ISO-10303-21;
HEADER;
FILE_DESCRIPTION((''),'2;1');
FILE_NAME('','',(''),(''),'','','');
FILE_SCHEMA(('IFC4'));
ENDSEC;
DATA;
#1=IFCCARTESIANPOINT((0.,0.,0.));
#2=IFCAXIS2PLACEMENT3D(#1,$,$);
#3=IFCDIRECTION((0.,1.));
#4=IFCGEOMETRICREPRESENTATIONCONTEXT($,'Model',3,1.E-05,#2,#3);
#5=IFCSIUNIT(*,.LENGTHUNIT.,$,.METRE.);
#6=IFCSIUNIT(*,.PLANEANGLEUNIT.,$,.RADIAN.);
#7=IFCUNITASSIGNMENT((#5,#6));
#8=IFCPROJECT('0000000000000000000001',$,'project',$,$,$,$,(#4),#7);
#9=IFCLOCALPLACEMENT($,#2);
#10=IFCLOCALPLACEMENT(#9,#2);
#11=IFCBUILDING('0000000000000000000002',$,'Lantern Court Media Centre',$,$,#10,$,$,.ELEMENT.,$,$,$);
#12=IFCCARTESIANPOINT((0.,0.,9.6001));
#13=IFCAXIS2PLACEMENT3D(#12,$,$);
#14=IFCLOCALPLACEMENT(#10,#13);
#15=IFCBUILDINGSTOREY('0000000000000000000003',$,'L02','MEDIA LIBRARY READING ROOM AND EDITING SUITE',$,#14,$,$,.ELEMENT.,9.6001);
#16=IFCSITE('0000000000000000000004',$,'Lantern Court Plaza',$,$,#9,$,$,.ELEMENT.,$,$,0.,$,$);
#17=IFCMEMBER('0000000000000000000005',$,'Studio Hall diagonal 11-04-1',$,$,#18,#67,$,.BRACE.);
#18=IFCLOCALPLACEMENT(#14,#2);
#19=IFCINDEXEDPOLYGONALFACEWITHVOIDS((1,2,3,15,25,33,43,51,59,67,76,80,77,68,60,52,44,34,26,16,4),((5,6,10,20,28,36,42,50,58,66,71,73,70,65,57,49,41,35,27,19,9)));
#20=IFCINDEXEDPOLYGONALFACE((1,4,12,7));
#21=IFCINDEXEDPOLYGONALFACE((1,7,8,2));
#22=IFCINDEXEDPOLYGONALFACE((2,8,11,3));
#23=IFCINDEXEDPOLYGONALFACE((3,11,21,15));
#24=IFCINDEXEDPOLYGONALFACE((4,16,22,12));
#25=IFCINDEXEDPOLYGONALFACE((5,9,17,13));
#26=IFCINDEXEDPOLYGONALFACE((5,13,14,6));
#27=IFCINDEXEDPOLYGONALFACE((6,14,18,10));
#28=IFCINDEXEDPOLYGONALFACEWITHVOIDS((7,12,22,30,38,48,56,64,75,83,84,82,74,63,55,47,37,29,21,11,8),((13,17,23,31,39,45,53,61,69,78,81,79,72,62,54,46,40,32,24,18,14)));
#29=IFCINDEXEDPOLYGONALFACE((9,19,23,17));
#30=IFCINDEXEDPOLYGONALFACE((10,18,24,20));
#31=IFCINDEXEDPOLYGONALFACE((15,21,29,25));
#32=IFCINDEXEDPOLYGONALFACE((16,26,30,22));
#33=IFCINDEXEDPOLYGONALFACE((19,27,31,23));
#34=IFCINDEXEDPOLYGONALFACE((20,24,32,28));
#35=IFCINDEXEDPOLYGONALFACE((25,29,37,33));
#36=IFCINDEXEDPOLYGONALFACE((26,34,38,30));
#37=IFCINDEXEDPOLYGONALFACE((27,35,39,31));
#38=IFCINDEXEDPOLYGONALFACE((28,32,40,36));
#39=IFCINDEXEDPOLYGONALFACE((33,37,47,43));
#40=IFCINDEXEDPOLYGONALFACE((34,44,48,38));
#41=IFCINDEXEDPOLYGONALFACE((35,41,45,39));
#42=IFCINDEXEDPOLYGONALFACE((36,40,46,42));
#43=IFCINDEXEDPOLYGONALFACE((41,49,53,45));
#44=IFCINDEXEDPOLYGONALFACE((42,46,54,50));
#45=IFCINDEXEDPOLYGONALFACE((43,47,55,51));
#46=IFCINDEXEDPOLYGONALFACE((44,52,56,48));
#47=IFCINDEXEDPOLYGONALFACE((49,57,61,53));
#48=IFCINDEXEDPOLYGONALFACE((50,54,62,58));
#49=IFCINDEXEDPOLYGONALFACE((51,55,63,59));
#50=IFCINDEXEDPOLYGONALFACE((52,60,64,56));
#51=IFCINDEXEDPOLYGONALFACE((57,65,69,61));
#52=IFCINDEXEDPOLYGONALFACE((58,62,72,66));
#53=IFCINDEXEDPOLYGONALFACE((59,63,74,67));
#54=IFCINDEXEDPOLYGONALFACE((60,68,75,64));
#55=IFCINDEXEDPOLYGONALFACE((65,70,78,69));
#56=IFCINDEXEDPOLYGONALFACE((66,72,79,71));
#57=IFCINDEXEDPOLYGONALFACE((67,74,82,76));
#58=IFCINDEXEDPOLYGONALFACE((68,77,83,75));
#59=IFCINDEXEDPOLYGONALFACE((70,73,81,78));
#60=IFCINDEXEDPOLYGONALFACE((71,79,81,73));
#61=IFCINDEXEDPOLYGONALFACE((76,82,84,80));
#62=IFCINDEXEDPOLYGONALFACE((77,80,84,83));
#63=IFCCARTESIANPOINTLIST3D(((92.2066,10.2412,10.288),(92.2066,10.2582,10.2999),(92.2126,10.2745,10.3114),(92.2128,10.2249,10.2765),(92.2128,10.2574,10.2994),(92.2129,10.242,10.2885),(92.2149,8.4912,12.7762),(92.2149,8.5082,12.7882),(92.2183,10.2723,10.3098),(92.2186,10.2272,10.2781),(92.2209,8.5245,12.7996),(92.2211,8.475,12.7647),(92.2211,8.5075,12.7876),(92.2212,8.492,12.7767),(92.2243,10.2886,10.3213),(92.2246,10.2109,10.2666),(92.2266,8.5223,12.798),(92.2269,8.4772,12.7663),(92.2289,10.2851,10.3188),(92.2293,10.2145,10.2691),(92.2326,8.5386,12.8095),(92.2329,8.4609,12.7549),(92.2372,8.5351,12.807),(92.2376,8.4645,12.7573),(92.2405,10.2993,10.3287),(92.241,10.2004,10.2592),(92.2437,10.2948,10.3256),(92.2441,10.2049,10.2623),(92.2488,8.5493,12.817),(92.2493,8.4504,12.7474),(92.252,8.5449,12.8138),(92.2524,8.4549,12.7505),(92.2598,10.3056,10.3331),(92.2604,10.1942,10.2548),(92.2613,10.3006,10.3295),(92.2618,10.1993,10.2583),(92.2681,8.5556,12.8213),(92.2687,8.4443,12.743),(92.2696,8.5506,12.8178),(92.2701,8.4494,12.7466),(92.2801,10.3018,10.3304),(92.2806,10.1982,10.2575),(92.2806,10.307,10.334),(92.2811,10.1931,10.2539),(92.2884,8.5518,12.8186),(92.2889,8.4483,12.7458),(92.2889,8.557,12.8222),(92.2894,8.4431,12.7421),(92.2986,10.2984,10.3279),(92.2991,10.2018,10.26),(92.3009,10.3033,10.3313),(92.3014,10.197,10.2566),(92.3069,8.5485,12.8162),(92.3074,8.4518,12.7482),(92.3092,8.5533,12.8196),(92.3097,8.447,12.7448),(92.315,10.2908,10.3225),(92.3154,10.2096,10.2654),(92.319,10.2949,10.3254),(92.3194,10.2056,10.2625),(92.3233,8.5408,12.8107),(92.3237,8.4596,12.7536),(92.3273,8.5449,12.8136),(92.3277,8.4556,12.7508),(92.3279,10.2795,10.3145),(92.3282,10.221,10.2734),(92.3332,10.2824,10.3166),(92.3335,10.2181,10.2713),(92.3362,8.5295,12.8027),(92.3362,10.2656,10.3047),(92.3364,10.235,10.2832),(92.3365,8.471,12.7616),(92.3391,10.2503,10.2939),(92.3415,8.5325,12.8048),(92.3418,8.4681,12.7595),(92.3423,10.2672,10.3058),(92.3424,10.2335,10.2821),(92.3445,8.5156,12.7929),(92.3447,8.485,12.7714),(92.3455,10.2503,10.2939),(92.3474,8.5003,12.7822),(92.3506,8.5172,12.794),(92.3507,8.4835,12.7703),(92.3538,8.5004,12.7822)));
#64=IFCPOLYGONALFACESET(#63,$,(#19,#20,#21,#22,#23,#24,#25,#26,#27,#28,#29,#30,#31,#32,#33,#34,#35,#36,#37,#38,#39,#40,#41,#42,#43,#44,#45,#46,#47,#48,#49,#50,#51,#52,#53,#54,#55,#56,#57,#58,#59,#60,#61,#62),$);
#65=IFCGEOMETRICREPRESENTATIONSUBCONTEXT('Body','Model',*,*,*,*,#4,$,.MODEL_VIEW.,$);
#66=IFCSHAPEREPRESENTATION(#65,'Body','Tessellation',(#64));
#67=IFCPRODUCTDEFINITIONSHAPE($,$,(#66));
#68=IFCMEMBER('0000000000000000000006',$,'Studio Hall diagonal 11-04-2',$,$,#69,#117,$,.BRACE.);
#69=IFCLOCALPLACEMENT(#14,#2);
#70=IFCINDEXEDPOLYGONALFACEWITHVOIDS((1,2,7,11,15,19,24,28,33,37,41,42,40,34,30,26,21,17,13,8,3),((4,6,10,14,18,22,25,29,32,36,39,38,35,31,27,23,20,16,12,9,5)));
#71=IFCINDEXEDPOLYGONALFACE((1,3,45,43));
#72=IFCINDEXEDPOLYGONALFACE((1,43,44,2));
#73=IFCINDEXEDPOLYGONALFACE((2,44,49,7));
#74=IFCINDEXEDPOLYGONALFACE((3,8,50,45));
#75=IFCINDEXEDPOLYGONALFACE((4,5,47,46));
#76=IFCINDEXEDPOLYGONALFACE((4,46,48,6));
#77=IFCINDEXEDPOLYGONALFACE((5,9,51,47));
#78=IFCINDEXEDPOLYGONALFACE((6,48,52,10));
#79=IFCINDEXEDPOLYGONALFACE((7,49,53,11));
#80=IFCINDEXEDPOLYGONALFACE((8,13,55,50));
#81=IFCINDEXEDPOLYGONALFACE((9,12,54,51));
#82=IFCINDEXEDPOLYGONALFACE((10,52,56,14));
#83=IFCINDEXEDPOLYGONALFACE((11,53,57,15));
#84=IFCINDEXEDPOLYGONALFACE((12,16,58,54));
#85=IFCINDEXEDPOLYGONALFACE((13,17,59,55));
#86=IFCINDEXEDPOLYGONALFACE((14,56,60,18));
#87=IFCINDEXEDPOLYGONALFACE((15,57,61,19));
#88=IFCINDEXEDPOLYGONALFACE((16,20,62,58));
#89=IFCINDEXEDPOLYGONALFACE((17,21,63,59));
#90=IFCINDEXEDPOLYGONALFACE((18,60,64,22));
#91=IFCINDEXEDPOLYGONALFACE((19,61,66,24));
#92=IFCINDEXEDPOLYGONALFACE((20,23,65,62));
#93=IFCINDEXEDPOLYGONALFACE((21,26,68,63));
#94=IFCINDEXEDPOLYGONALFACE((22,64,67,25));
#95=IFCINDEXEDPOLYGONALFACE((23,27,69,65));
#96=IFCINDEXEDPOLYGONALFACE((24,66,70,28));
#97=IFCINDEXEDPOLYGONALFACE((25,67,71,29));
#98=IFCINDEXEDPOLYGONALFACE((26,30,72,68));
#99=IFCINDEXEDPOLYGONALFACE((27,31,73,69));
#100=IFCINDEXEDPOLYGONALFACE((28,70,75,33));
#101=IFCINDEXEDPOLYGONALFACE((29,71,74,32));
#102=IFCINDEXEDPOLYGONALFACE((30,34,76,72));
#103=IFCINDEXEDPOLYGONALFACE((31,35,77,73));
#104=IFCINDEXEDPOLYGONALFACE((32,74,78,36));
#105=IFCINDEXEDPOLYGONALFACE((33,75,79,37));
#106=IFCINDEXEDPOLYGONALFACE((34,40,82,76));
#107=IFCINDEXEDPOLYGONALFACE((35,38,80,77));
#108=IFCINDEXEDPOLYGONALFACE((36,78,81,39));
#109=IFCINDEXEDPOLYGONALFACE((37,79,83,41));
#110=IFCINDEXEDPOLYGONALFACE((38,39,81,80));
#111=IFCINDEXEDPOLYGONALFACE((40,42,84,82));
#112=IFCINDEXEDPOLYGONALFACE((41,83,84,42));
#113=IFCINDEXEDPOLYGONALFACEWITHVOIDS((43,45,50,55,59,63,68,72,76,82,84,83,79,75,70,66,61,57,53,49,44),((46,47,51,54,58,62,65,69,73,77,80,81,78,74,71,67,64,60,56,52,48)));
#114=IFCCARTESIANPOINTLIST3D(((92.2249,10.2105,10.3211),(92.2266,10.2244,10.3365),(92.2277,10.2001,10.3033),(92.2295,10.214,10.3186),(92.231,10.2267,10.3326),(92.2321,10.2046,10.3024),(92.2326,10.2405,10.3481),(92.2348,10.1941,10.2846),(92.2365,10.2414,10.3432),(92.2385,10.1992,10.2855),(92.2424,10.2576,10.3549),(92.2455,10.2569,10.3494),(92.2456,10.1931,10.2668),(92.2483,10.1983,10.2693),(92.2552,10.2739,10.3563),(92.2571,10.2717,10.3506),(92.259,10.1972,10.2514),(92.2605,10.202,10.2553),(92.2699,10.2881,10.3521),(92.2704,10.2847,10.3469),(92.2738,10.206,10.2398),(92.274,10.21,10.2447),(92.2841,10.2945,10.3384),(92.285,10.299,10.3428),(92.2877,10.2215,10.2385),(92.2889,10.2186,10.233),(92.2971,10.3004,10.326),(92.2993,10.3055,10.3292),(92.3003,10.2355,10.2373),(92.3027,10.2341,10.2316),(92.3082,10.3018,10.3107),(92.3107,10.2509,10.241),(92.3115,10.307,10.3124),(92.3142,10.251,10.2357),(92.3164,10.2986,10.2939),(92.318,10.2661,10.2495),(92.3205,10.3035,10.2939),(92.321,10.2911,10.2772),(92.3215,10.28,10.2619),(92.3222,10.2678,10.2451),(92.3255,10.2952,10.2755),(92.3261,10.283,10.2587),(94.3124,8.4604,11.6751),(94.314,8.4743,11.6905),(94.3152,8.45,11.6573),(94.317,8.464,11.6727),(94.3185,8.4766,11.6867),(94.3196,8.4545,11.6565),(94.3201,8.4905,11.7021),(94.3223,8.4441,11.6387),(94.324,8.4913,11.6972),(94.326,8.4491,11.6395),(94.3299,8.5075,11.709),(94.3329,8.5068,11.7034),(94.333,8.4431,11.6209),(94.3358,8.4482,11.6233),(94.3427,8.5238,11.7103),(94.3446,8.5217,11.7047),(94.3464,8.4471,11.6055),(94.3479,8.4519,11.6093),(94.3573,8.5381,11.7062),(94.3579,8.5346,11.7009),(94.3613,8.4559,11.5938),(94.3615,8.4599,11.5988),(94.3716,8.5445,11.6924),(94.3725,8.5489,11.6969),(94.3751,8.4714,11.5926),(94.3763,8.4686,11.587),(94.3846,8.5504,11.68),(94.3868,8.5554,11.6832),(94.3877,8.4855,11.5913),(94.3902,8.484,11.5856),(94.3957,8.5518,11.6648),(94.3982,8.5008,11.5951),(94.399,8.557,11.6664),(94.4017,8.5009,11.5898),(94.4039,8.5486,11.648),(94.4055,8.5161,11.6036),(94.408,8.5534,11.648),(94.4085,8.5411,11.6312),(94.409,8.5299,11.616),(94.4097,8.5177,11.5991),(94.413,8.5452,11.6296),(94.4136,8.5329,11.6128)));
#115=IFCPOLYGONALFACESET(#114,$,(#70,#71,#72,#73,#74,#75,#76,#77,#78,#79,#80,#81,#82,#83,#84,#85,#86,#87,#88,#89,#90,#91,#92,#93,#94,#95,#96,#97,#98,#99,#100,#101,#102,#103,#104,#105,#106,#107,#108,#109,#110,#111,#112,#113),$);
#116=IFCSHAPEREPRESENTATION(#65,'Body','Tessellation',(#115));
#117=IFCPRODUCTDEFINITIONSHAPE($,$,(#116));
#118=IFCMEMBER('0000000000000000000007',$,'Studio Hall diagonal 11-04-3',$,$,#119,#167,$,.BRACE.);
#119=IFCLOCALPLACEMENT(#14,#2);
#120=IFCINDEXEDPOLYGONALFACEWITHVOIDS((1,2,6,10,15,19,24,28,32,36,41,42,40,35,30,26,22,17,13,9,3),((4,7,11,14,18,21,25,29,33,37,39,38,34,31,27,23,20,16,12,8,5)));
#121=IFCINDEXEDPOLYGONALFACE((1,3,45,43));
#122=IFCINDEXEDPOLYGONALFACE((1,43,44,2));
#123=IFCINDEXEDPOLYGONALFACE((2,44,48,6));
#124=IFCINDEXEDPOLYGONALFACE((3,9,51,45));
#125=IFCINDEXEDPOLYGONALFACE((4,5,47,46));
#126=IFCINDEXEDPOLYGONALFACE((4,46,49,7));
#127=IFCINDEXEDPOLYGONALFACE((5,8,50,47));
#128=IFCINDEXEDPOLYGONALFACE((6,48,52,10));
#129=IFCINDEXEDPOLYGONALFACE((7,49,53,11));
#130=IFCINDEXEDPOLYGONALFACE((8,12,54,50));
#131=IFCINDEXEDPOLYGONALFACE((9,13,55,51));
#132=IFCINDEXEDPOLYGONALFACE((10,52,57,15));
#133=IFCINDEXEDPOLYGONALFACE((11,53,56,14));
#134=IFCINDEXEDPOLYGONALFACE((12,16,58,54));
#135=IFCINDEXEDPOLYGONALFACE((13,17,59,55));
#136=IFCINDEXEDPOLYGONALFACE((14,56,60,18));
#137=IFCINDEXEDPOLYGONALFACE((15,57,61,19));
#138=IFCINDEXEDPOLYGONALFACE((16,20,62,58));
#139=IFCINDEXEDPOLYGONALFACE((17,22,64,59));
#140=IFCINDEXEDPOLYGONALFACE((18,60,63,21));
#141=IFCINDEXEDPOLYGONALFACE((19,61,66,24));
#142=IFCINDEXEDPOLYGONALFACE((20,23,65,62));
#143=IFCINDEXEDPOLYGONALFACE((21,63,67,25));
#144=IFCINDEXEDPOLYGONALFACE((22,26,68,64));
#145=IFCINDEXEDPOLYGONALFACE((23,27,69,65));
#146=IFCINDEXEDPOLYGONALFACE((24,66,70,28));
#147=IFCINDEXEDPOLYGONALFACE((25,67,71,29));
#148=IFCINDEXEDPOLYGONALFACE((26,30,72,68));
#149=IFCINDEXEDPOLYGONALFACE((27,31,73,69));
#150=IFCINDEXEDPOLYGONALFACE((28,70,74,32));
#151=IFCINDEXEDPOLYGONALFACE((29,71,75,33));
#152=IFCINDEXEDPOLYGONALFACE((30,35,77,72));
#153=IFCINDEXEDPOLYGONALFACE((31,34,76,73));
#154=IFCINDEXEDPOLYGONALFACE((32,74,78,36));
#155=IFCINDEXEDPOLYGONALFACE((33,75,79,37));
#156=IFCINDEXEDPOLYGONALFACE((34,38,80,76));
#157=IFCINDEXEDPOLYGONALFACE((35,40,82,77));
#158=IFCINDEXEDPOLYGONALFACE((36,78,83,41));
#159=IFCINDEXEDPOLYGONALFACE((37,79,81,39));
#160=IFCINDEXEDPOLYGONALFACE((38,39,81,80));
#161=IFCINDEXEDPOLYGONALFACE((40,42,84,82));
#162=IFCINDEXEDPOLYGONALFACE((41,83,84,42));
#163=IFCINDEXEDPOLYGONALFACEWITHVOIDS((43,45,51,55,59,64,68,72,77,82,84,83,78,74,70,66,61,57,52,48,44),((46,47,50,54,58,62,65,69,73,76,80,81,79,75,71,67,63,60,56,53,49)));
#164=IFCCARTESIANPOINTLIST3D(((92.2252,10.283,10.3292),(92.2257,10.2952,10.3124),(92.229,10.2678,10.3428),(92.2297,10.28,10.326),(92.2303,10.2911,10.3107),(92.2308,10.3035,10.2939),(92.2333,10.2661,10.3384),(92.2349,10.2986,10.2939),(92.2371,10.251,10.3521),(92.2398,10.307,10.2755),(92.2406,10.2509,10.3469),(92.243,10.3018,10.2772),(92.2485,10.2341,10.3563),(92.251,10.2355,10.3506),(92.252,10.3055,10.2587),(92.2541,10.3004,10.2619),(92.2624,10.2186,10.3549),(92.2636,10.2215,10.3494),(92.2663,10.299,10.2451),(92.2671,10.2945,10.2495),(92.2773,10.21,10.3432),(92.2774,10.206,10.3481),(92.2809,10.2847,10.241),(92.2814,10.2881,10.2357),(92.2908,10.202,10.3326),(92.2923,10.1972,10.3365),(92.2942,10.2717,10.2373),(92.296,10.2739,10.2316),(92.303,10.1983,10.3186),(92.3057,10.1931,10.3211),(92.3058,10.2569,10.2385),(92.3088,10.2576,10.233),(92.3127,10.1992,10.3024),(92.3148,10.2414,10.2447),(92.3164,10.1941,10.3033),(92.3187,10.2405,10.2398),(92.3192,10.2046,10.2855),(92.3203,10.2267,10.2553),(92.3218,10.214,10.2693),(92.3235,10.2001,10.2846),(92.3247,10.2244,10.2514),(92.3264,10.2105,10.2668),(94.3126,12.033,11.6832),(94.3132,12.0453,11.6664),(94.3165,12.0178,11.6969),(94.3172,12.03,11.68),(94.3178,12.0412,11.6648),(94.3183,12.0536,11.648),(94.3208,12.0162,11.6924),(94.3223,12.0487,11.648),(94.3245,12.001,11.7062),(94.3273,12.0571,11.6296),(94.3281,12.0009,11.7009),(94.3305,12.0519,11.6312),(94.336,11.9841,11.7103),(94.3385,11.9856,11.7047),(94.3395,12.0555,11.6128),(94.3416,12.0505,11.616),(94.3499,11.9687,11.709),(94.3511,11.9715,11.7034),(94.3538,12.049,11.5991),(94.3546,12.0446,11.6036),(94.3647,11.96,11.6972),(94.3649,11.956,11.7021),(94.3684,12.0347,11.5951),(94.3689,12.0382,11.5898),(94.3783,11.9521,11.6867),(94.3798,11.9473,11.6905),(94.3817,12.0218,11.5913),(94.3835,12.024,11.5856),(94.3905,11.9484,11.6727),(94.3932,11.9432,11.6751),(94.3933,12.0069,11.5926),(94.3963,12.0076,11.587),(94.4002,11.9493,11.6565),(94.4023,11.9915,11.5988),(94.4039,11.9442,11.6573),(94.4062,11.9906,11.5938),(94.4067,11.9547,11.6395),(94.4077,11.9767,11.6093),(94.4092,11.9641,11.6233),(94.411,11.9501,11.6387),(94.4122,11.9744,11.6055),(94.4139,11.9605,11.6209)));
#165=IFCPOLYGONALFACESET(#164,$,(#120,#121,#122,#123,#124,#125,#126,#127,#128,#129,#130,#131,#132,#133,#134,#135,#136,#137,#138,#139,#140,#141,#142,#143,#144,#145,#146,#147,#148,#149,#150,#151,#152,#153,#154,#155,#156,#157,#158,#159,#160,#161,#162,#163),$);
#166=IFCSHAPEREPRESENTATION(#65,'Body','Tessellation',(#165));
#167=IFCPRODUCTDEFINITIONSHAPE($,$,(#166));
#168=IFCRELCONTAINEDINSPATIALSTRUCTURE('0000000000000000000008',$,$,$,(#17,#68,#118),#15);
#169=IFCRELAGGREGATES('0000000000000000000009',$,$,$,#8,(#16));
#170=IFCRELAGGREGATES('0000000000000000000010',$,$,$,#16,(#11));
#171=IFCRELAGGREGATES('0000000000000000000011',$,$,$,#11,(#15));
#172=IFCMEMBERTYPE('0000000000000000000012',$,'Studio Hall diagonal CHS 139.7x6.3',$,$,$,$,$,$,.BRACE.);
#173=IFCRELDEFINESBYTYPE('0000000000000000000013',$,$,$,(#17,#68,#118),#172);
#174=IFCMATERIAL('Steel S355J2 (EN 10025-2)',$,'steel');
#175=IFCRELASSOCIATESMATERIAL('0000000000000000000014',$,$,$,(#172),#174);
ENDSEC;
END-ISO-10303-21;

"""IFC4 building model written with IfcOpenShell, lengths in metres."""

from ifc_helpers import new_model, si_unit, direction, frame, origin, origin_2d, place, context, subcontext, project, spatial, hollow_circle, extrude, material, material_profile, profile_set, type_object, element, save


model = new_model("IFC4")

# Units and contexts
model_context = context("Model", 3, precision=1e-05, world=origin(), true_north=direction((0.0, 1.0)))
body_context = subcontext(model_context, "Body", "Model", "MODEL_VIEW")
ifc_project = project(units=[si_unit("LENGTHUNIT", "METRE"), si_unit("PLANEANGLEUNIT", "RADIAN")], contexts=[model_context])

# Site, building, storey
site_placement = place(None, origin())
site = spatial("IfcSite", under=ifc_project, at=site_placement, Name="Lantern Court Plaza", CompositionType="ELEMENT", RefElevation=0.0)
building_placement = place(site_placement, origin())
building = spatial("IfcBuilding", under=site, at=building_placement, Name="Lantern Court Media Centre", CompositionType="ELEMENT")
storey_placement = place(building_placement, frame((0.0, 0.0, 9.6001)))
storey = spatial("IfcBuildingStorey", under=building, at=storey_placement, Name="L02", Description="MEDIA LIBRARY READING ROOM AND EDITING SUITE", CompositionType="ELEMENT", Elevation=9.6001)

# Members
ifc_material = material(Name="Steel S355J2 (EN 10025-2)", Category="steel")
ifc_material_profile_1 = material_profile(ifc_material, hollow_circle(Radius=0.0698, WallThickness=0.0063, at=origin_2d()), Name="Studio Hall diagonal CHS 139.7x6.3")
ifc_profile_set_1 = profile_set([ifc_material_profile_1], Name="Steel S355J2 (EN 10025-2)")
member_type_1 = type_object("IfcMemberType", Name="Studio Hall diagonal CHS 139.7x6.3", PredefinedType="BRACE", material=ifc_profile_set_1)
for number, where, z_axis, x_axis, name in (
    (1, (92.2756, 10.25, 10.2939), (0.002729, -0.575269, 0.81796), (0.999989, 0.004743, 0.0), "Studio Hall diagonal 11-04-1"),
    (2, (92.2756, 10.25, 10.2939), (0.68622, -0.575301, 0.44512), (0.642456, 0.766322, 0.0), "Studio Hall diagonal 11-04-2"),
    (3, (92.2756, 10.25, 10.2939), (0.68622, 0.575301, 0.44512), (-0.642456, 0.766322, 0.0), "Studio Hall diagonal 11-04-3"),
):
    element("IfcMember", number, at=place(storey_placement, frame(where, z_axis=z_axis, x_axis=x_axis)), inside=storey, type_object=member_type_1, Name=name, PredefinedType="BRACE", context=body_context, shape_type="SweptSolid", body=[
        extrude(hollow_circle(Radius=0.0698, WallThickness=0.0063, at=origin_2d()), origin(), (0.0, 0.0, 1.0), 3.042),
    ])

save(model, "model.ifc")
